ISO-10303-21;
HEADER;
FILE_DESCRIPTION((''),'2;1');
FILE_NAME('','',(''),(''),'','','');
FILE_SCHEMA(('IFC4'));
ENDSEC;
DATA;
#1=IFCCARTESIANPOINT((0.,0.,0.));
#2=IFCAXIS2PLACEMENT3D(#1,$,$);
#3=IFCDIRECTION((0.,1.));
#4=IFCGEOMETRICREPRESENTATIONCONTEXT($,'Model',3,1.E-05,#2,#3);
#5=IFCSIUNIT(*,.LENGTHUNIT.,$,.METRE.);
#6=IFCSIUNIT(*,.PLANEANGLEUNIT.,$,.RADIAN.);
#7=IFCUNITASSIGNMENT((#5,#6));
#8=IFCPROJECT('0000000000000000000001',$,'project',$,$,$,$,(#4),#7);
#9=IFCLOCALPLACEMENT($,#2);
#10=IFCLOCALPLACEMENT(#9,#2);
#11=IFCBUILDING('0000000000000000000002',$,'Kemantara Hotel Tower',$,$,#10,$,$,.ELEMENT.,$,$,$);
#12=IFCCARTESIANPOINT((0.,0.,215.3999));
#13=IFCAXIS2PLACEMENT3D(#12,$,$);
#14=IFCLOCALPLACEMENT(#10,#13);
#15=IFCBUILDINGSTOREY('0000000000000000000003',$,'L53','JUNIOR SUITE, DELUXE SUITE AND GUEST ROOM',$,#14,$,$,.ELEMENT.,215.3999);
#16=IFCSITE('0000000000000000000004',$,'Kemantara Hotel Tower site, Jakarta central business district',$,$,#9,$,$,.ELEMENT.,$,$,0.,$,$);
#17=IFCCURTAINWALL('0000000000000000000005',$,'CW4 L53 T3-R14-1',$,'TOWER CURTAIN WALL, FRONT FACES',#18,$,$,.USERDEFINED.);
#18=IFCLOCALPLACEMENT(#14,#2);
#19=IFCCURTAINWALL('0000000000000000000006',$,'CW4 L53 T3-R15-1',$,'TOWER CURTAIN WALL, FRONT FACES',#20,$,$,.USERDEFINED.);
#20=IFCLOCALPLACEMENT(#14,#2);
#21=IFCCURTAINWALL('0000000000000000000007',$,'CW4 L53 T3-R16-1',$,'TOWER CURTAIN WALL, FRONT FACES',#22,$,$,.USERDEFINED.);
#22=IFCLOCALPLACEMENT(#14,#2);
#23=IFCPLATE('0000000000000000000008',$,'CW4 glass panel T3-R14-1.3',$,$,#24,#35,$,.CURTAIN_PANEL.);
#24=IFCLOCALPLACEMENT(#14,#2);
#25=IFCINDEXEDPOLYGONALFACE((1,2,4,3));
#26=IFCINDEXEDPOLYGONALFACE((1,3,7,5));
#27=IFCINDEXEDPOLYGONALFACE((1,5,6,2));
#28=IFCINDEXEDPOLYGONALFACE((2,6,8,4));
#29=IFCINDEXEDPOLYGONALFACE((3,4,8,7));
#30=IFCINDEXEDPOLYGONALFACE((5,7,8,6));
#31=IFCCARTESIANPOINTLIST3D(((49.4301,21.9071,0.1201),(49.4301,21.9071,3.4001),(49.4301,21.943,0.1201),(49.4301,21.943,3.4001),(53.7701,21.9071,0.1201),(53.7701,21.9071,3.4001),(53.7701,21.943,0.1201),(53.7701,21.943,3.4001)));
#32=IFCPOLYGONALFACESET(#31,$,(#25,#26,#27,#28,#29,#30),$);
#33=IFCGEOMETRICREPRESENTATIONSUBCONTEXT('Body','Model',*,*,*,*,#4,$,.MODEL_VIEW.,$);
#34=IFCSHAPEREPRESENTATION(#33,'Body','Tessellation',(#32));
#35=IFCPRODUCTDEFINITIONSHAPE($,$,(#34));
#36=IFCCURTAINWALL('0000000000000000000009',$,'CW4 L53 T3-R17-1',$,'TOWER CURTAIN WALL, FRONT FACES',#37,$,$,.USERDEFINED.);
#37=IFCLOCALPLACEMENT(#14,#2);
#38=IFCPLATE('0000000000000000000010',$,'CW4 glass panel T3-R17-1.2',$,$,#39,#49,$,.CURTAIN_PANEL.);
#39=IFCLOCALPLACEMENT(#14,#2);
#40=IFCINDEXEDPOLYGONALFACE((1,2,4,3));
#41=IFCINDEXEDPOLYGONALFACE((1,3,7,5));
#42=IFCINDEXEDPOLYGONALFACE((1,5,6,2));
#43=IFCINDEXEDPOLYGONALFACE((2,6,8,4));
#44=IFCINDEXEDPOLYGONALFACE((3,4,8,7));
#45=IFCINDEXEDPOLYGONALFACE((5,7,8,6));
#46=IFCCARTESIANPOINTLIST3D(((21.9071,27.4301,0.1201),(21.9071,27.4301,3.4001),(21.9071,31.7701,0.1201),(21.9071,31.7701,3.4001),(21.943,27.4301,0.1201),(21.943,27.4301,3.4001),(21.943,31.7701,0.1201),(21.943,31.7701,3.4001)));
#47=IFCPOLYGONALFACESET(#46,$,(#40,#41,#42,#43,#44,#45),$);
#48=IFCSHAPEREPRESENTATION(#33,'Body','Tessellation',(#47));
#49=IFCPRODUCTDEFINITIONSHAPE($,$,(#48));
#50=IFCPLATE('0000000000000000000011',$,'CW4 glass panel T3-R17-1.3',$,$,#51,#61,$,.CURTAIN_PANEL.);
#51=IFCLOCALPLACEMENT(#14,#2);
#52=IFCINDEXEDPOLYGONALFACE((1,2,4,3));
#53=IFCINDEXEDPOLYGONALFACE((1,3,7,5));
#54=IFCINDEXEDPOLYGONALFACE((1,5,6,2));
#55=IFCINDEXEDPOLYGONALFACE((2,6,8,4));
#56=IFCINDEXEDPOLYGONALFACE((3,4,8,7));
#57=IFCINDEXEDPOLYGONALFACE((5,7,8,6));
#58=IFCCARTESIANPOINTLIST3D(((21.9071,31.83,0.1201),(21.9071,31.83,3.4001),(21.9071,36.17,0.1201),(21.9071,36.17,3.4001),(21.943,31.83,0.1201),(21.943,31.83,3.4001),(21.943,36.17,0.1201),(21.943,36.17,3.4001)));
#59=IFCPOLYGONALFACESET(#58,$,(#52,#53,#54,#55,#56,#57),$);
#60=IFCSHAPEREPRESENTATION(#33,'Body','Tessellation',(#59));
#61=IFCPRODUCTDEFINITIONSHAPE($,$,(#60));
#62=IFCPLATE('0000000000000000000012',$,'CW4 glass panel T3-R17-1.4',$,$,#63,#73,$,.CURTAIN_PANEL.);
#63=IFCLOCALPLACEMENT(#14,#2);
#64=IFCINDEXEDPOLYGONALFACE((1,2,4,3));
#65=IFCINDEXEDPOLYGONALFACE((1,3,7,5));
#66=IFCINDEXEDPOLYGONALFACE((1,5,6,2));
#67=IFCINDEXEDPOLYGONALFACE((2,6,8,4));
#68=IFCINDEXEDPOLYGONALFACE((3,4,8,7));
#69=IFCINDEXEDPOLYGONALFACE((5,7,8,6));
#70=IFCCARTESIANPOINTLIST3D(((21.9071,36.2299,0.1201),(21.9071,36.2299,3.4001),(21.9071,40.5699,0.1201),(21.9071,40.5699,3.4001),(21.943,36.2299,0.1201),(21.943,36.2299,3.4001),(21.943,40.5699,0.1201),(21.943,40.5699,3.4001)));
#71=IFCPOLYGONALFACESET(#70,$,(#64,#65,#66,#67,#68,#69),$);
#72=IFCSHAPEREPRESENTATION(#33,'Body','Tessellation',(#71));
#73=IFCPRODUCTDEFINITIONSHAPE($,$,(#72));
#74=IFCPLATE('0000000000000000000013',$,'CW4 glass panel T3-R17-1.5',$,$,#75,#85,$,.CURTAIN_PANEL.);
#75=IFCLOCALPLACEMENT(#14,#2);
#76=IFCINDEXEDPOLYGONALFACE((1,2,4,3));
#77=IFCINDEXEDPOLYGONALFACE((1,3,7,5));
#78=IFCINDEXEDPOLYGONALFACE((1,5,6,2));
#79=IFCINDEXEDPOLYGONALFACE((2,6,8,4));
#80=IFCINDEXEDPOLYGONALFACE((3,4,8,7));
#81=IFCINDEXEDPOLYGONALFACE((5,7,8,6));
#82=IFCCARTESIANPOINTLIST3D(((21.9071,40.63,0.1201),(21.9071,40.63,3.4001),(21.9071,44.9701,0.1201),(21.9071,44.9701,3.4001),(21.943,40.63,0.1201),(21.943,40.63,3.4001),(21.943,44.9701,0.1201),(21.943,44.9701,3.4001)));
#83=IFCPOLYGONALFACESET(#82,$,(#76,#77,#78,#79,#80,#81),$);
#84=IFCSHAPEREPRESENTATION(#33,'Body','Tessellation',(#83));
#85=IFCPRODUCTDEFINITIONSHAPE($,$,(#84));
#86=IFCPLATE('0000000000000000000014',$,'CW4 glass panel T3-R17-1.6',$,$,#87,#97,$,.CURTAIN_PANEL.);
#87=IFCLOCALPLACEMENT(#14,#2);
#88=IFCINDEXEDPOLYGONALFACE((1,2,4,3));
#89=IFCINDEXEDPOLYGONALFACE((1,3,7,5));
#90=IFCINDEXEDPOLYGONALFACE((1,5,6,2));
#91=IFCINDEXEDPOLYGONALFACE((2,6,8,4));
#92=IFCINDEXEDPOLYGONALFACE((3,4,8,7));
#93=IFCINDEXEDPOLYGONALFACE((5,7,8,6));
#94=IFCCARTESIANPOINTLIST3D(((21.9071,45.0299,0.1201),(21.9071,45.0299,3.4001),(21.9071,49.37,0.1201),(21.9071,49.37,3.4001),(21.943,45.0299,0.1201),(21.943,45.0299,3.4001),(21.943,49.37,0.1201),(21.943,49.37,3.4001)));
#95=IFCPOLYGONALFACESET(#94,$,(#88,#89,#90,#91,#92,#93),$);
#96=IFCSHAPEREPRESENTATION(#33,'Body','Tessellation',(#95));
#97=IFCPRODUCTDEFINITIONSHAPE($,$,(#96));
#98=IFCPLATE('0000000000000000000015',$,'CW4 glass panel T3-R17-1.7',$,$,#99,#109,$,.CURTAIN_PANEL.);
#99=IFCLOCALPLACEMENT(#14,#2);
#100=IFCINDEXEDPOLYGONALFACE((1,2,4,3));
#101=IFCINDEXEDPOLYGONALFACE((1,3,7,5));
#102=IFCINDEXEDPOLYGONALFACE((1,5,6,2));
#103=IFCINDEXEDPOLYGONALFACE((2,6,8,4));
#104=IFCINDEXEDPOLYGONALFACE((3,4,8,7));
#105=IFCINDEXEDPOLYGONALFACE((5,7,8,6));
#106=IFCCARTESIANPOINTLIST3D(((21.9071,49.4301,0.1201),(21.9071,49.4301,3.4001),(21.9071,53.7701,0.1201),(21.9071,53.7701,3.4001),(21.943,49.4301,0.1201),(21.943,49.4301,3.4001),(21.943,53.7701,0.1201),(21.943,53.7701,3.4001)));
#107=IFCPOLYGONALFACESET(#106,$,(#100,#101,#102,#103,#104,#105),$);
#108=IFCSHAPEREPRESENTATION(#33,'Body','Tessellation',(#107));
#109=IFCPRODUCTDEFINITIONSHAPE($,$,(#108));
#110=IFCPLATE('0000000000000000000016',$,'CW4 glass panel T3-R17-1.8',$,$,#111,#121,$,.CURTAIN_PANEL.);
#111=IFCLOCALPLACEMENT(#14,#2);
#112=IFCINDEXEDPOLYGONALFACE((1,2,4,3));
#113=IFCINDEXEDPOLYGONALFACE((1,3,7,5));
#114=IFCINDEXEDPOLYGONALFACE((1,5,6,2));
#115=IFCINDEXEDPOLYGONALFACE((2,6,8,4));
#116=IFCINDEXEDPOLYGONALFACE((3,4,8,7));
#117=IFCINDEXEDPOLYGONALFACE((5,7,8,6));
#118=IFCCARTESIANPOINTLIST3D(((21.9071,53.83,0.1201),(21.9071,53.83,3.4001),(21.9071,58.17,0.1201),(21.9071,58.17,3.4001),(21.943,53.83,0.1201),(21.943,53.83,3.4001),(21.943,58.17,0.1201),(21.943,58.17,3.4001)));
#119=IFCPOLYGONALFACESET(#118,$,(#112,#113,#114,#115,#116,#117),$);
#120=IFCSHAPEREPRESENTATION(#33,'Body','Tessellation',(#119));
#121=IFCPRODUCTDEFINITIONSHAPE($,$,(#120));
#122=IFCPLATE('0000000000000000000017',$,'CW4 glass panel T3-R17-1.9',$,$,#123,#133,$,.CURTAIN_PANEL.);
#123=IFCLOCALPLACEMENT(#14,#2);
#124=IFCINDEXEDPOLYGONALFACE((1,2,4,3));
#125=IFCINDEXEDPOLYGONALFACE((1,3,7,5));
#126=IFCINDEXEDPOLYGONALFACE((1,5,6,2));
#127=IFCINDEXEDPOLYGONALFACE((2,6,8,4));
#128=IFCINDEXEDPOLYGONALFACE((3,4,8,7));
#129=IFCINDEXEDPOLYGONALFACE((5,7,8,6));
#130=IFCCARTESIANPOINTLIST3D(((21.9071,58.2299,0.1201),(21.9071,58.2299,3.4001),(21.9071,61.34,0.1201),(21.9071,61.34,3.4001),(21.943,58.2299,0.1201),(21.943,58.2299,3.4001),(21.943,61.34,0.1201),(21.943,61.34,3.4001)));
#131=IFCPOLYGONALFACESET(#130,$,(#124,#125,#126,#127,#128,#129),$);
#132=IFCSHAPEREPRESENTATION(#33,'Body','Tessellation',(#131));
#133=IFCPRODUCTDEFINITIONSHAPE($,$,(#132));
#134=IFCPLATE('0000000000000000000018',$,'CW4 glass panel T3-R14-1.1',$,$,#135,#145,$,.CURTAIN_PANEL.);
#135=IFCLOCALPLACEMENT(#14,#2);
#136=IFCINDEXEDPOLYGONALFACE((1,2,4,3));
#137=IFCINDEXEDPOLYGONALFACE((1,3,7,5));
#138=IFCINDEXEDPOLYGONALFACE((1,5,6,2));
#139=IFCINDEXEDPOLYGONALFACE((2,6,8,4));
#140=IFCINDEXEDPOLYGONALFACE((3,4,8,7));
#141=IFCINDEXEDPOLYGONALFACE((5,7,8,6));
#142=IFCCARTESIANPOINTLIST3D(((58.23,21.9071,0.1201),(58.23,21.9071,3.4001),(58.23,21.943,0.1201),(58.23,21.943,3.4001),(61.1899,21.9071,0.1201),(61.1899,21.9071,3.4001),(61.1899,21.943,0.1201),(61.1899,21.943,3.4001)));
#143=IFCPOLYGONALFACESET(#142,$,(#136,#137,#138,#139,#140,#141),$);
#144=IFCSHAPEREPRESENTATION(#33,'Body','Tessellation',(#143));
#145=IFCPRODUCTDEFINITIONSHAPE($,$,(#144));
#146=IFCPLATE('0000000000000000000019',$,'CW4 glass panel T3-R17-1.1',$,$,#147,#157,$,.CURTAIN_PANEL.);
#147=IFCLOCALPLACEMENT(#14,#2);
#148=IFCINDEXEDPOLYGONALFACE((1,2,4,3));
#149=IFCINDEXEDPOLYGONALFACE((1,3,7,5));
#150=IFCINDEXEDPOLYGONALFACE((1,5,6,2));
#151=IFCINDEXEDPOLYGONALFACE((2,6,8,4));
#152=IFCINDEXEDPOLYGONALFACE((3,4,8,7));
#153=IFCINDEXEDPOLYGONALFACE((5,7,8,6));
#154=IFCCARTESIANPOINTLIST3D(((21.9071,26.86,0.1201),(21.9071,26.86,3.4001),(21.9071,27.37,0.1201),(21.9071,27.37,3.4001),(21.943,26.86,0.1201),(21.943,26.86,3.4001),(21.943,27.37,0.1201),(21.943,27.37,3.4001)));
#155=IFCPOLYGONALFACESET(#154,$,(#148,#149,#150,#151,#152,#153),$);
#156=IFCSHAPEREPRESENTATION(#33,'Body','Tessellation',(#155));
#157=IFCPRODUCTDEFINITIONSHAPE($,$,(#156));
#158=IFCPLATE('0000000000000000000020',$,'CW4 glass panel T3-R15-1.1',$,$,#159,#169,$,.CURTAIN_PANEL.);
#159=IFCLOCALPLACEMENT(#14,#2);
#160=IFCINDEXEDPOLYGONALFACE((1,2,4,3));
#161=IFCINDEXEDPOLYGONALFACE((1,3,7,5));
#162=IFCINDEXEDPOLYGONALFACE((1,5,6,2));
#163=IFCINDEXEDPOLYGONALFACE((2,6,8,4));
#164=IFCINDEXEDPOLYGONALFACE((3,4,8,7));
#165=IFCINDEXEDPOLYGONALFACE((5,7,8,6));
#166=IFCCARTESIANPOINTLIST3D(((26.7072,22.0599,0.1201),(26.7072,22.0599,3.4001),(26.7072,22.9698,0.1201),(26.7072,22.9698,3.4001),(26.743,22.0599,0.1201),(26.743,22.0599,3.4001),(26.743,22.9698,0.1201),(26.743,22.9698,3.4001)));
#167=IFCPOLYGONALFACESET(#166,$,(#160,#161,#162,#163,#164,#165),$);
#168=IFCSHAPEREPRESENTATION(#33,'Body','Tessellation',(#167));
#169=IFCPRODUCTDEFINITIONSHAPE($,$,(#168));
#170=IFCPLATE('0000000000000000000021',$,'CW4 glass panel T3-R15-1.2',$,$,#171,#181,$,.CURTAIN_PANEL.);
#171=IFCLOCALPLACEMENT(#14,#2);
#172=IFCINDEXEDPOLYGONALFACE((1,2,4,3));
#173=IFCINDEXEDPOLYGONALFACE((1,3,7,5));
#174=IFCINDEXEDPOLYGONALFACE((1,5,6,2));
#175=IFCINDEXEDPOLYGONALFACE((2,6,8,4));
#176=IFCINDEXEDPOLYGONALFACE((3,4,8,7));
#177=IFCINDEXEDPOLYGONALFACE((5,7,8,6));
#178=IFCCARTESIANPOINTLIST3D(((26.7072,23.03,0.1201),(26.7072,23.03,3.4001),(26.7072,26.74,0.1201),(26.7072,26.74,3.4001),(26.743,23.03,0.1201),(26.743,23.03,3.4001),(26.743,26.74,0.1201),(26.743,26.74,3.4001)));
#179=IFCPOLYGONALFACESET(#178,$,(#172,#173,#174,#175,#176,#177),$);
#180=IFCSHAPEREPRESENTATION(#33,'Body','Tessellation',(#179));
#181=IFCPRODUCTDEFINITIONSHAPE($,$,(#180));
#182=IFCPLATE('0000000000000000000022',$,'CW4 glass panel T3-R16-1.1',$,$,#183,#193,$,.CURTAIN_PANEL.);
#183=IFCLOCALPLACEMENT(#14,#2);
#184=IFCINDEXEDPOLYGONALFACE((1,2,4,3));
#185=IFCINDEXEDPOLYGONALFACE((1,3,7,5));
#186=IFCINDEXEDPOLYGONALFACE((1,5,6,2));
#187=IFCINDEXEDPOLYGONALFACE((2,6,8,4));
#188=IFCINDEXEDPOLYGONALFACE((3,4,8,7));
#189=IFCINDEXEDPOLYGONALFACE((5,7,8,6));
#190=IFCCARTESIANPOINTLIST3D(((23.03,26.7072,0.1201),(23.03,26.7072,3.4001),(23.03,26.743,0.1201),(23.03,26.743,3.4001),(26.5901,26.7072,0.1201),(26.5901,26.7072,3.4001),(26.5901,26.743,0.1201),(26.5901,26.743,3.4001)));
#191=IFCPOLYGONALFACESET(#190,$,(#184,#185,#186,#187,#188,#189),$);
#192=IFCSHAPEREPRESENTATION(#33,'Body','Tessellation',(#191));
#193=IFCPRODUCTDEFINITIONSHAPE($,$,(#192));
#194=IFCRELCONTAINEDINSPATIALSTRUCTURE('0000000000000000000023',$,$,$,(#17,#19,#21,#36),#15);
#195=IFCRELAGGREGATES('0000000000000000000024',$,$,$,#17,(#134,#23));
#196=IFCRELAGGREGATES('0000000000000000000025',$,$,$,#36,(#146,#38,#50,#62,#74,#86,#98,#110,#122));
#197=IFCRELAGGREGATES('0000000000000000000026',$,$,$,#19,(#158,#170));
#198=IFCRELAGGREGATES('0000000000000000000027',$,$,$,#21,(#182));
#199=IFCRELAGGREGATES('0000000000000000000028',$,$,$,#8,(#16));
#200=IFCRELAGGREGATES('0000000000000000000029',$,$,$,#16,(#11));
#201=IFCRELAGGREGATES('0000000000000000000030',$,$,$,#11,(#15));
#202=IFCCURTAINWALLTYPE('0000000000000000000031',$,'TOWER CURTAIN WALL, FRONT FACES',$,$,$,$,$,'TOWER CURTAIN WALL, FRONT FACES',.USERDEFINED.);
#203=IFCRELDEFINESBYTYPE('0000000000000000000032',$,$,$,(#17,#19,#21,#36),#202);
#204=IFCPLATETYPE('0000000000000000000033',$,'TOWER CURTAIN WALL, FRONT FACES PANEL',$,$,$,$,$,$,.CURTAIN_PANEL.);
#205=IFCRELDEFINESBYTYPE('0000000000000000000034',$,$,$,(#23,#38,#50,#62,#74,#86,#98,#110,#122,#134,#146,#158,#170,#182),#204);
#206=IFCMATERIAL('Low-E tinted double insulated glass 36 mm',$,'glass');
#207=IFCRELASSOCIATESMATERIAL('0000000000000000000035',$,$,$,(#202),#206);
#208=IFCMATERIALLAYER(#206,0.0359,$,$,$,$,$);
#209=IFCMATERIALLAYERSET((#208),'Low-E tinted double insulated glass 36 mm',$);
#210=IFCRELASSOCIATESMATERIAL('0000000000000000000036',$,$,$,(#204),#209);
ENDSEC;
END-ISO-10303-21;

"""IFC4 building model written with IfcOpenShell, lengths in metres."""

from ifc_helpers import new_model, si_unit, direction, frame, origin, origin_2d, place, context, subcontext, project, spatial, rectangle, extrude, source, transform, mapped, material, layer, layer_set, type_object, element, aggregate, save


model = new_model("IFC4")

# Units and contexts
model_context = context("Model", 3, precision=1e-05, world=origin(), true_north=direction((0.0, 1.0)))
body_context = subcontext(model_context, "Body", "Model", "MODEL_VIEW")
ifc_project = project(units=[si_unit("LENGTHUNIT", "METRE"), si_unit("PLANEANGLEUNIT", "RADIAN")], contexts=[model_context])

# Site, building, storey
site_placement = place(None, origin())
site = spatial("IfcSite", under=ifc_project, at=site_placement, Name="Kemantara Hotel Tower site, Jakarta central business district", CompositionType="ELEMENT", RefElevation=0.0)
building_placement = place(site_placement, origin())
building = spatial("IfcBuilding", under=site, at=building_placement, Name="Kemantara Hotel Tower", CompositionType="ELEMENT")
storey_placement = place(building_placement, frame((0.0, 0.0, 215.3999)))
storey = spatial("IfcBuildingStorey", under=building, at=storey_placement, Name="L53", Description="JUNIOR SUITE, DELUXE SUITE AND GUEST ROOM", CompositionType="ELEMENT", Elevation=215.3999)

# Curtain walls
ifc_material_1 = material(Name="Low-E tinted double insulated glass 36 mm", Category="glass")
curtain_wall_type = type_object("IfcCurtainWallType", Name="TOWER CURTAIN WALL, FRONT FACES", ElementType="TOWER CURTAIN WALL, FRONT FACES", PredefinedType="USERDEFINED", material=ifc_material_1)
curtain_wall_1_placement = place(storey_placement, origin())
curtain_wall_1 = element("IfcCurtainWall", 1, at=curtain_wall_1_placement, inside=storey, type_object=curtain_wall_type, Name="CW4 L53 T3-R14-1", ObjectType="TOWER CURTAIN WALL, FRONT FACES", PredefinedType="USERDEFINED")
curtain_wall_2_placement = place(storey_placement, origin())
curtain_wall_2 = element("IfcCurtainWall", 2, at=curtain_wall_2_placement, inside=storey, type_object=curtain_wall_type, Name="CW4 L53 T3-R15-1", ObjectType="TOWER CURTAIN WALL, FRONT FACES", PredefinedType="USERDEFINED")
curtain_wall_3_placement = place(storey_placement, origin())
curtain_wall_3 = element("IfcCurtainWall", 3, at=curtain_wall_3_placement, inside=storey, type_object=curtain_wall_type, Name="CW4 L53 T3-R16-1", ObjectType="TOWER CURTAIN WALL, FRONT FACES", PredefinedType="USERDEFINED")

# Plate
ifc_layer_1 = layer(ifc_material_1, 0.0359)
ifc_layer_set_1 = layer_set([ifc_layer_1], Name="Low-E tinted double insulated glass 36 mm")
plate_type = type_object("IfcPlateType", Name="TOWER CURTAIN WALL, FRONT FACES PANEL", PredefinedType="CURTAIN_PANEL", material=ifc_layer_set_1)
shared_shape_1 = source(origin(), body_context, "Body", "SweptSolid", [
    extrude(rectangle(XDim=4.3401, YDim=0.0359, at=origin_2d()), origin(), (0.0, 0.0, 1.0), 3.28),
])
plate_1_placement = place(storey_placement, frame((51.6001, 21.925, 0.1201), z_axis=(0.0, 0.0, 1.0), x_axis=(-1.0, 0.0, 0.0)))
plate_1 = element("IfcPlate", 4, at=plate_1_placement, type_object=plate_type, Name="CW4 glass panel T3-R14-1.3", PredefinedType="CURTAIN_PANEL", context=body_context, shape_type="MappedRepresentation", body=[
    mapped(shared_shape_1, transform((0.0, 0.0, 0.0))),
])

# Curtain wall, plates
curtain_wall_4_placement = place(storey_placement, origin())
curtain_wall_4 = element("IfcCurtainWall", 5, at=curtain_wall_4_placement, inside=storey, type_object=curtain_wall_type, Name="CW4 L53 T3-R17-1", ObjectType="TOWER CURTAIN WALL, FRONT FACES", PredefinedType="USERDEFINED")
plate_2_placement = place(storey_placement, frame((21.925, 29.6001, 0.1201), z_axis=(0.0, 0.0, 1.0), x_axis=(0.0, 1.0, 0.0)))
plate_2 = element("IfcPlate", 6, at=plate_2_placement, type_object=plate_type, Name="CW4 glass panel T3-R17-1.2", PredefinedType="CURTAIN_PANEL", context=body_context, shape_type="MappedRepresentation", body=[
    mapped(shared_shape_1, transform((0.0, 0.0, 0.0))),
])
plate_3_placement = place(storey_placement, frame((21.925, 34.0, 0.1201), z_axis=(0.0, 0.0, 1.0), x_axis=(0.0, 1.0, 0.0)))
plate_3 = element("IfcPlate", 7, at=plate_3_placement, type_object=plate_type, Name="CW4 glass panel T3-R17-1.3", PredefinedType="CURTAIN_PANEL", context=body_context, shape_type="MappedRepresentation", body=[
    mapped(shared_shape_1, transform((0.0, 0.0, 0.0))),
])
plate_4_placement = place(storey_placement, frame((21.925, 38.3999, 0.1201), z_axis=(0.0, 0.0, 1.0), x_axis=(0.0, 1.0, 0.0)))
plate_4 = element("IfcPlate", 8, at=plate_4_placement, type_object=plate_type, Name="CW4 glass panel T3-R17-1.4", PredefinedType="CURTAIN_PANEL", context=body_context, shape_type="MappedRepresentation", body=[
    mapped(shared_shape_1, transform((0.0, 0.0, 0.0))),
])
plate_5_placement = place(storey_placement, frame((21.925, 42.8, 0.1201), z_axis=(0.0, 0.0, 1.0), x_axis=(0.0, 1.0, 0.0)))
plate_5 = element("IfcPlate", 9, at=plate_5_placement, type_object=plate_type, Name="CW4 glass panel T3-R17-1.5", PredefinedType="CURTAIN_PANEL", context=body_context, shape_type="MappedRepresentation", body=[
    mapped(shared_shape_1, transform((0.0, 0.0, 0.0))),
])
plate_6_placement = place(storey_placement, frame((21.925, 47.2, 0.1201), z_axis=(0.0, 0.0, 1.0), x_axis=(0.0, 1.0, 0.0)))
plate_6 = element("IfcPlate", 10, at=plate_6_placement, type_object=plate_type, Name="CW4 glass panel T3-R17-1.6", PredefinedType="CURTAIN_PANEL", context=body_context, shape_type="MappedRepresentation", body=[
    mapped(shared_shape_1, transform((0.0, 0.0, 0.0))),
])
plate_7_placement = place(storey_placement, frame((21.925, 51.6001, 0.1201), z_axis=(0.0, 0.0, 1.0), x_axis=(0.0, 1.0, 0.0)))
plate_7 = element("IfcPlate", 11, at=plate_7_placement, type_object=plate_type, Name="CW4 glass panel T3-R17-1.7", PredefinedType="CURTAIN_PANEL", context=body_context, shape_type="MappedRepresentation", body=[
    mapped(shared_shape_1, transform((0.0, 0.0, 0.0))),
])
plate_8_placement = place(storey_placement, frame((21.925, 56.0, 0.1201), z_axis=(0.0, 0.0, 1.0), x_axis=(0.0, 1.0, 0.0)))
plate_8 = element("IfcPlate", 12, at=plate_8_placement, type_object=plate_type, Name="CW4 glass panel T3-R17-1.8", PredefinedType="CURTAIN_PANEL", context=body_context, shape_type="MappedRepresentation", body=[
    mapped(shared_shape_1, transform((0.0, 0.0, 0.0))),
])
shared_shape_2 = source(origin(), body_context, "Body", "SweptSolid", [
    extrude(rectangle(XDim=3.1101, YDim=0.0359, at=origin_2d()), origin(), (0.0, 0.0, 1.0), 3.28),
])
plate_9_placement = place(storey_placement, frame((21.925, 59.7849, 0.1201), z_axis=(0.0, 0.0, 1.0), x_axis=(0.0, 1.0, 0.0)))
plate_9 = element("IfcPlate", 13, at=plate_9_placement, type_object=plate_type, Name="CW4 glass panel T3-R17-1.9", PredefinedType="CURTAIN_PANEL", context=body_context, shape_type="MappedRepresentation", body=[
    mapped(shared_shape_2, transform((0.0, 0.0, 0.0))),
])

# Plates
shared_shape_3 = source(origin(), body_context, "Body", "SweptSolid", [
    extrude(rectangle(XDim=2.96, YDim=0.0359, at=origin_2d()), origin(), (0.0, 0.0, 1.0), 3.28),
])
plate_10_placement = place(storey_placement, frame((59.71, 21.925, 0.1201), z_axis=(0.0, 0.0, 1.0), x_axis=(-1.0, 0.0, 0.0)))
plate_10 = element("IfcPlate", 14, at=plate_10_placement, type_object=plate_type, Name="CW4 glass panel T3-R14-1.1", PredefinedType="CURTAIN_PANEL", context=body_context, shape_type="MappedRepresentation", body=[
    mapped(shared_shape_3, transform((0.0, 0.0, 0.0))),
])
aggregate(curtain_wall_1, [plate_10, plate_1])
shared_shape_4 = source(origin(), body_context, "Body", "SweptSolid", [
    extrude(rectangle(XDim=0.51, YDim=0.0359, at=origin_2d()), origin(), (0.0, 0.0, 1.0), 3.28),
])
plate_11_placement = place(storey_placement, frame((21.925, 27.115, 0.1201), z_axis=(0.0, 0.0, 1.0), x_axis=(0.0, 1.0, 0.0)))
plate_11 = element("IfcPlate", 15, at=plate_11_placement, type_object=plate_type, Name="CW4 glass panel T3-R17-1.1", PredefinedType="CURTAIN_PANEL", context=body_context, shape_type="MappedRepresentation", body=[
    mapped(shared_shape_4, transform((0.0, 0.0, 0.0))),
])
aggregate(curtain_wall_4, [plate_11, plate_2, plate_3, plate_4, plate_5, plate_6, plate_7, plate_8, plate_9])
shared_shape_5 = source(origin(), body_context, "Body", "SweptSolid", [
    extrude(rectangle(XDim=0.9099, YDim=0.0359, at=origin_2d()), origin(), (0.0, 0.0, 1.0), 3.28),
])
plate_12_placement = place(storey_placement, frame((26.7251, 22.5149, 0.1201), z_axis=(0.0, 0.0, 1.0), x_axis=(0.0, 1.0, 0.0)))
plate_12 = element("IfcPlate", 16, at=plate_12_placement, type_object=plate_type, Name="CW4 glass panel T3-R15-1.1", PredefinedType="CURTAIN_PANEL", context=body_context, shape_type="MappedRepresentation", body=[
    mapped(shared_shape_5, transform((0.0, 0.0, 0.0))),
])
shared_shape_6 = source(origin(), body_context, "Body", "SweptSolid", [
    extrude(rectangle(XDim=3.71, YDim=0.0359, at=origin_2d()), origin(), (0.0, 0.0, 1.0), 3.28),
])
plate_13_placement = place(storey_placement, frame((26.7251, 24.885, 0.1201), z_axis=(0.0, 0.0, 1.0), x_axis=(0.0, 1.0, 0.0)))
plate_13 = element("IfcPlate", 17, at=plate_13_placement, type_object=plate_type, Name="CW4 glass panel T3-R15-1.2", PredefinedType="CURTAIN_PANEL", context=body_context, shape_type="MappedRepresentation", body=[
    mapped(shared_shape_6, transform((0.0, 0.0, 0.0))),
])
aggregate(curtain_wall_2, [plate_12, plate_13])
shared_shape_7 = source(origin(), body_context, "Body", "SweptSolid", [
    extrude(rectangle(XDim=3.5601, YDim=0.0359, at=origin_2d()), origin(), (0.0, 0.0, 1.0), 3.28),
])
plate_14_placement = place(storey_placement, frame((24.8101, 26.7251, 0.1201), z_axis=(0.0, 0.0, 1.0), x_axis=(-1.0, 0.0, 0.0)))
plate_14 = element("IfcPlate", 18, at=plate_14_placement, type_object=plate_type, Name="CW4 glass panel T3-R16-1.1", PredefinedType="CURTAIN_PANEL", context=body_context, shape_type="MappedRepresentation", body=[
    mapped(shared_shape_7, transform((0.0, 0.0, 0.0))),
])
aggregate(curtain_wall_3, [plate_14])

save(model, "model.ifc")
